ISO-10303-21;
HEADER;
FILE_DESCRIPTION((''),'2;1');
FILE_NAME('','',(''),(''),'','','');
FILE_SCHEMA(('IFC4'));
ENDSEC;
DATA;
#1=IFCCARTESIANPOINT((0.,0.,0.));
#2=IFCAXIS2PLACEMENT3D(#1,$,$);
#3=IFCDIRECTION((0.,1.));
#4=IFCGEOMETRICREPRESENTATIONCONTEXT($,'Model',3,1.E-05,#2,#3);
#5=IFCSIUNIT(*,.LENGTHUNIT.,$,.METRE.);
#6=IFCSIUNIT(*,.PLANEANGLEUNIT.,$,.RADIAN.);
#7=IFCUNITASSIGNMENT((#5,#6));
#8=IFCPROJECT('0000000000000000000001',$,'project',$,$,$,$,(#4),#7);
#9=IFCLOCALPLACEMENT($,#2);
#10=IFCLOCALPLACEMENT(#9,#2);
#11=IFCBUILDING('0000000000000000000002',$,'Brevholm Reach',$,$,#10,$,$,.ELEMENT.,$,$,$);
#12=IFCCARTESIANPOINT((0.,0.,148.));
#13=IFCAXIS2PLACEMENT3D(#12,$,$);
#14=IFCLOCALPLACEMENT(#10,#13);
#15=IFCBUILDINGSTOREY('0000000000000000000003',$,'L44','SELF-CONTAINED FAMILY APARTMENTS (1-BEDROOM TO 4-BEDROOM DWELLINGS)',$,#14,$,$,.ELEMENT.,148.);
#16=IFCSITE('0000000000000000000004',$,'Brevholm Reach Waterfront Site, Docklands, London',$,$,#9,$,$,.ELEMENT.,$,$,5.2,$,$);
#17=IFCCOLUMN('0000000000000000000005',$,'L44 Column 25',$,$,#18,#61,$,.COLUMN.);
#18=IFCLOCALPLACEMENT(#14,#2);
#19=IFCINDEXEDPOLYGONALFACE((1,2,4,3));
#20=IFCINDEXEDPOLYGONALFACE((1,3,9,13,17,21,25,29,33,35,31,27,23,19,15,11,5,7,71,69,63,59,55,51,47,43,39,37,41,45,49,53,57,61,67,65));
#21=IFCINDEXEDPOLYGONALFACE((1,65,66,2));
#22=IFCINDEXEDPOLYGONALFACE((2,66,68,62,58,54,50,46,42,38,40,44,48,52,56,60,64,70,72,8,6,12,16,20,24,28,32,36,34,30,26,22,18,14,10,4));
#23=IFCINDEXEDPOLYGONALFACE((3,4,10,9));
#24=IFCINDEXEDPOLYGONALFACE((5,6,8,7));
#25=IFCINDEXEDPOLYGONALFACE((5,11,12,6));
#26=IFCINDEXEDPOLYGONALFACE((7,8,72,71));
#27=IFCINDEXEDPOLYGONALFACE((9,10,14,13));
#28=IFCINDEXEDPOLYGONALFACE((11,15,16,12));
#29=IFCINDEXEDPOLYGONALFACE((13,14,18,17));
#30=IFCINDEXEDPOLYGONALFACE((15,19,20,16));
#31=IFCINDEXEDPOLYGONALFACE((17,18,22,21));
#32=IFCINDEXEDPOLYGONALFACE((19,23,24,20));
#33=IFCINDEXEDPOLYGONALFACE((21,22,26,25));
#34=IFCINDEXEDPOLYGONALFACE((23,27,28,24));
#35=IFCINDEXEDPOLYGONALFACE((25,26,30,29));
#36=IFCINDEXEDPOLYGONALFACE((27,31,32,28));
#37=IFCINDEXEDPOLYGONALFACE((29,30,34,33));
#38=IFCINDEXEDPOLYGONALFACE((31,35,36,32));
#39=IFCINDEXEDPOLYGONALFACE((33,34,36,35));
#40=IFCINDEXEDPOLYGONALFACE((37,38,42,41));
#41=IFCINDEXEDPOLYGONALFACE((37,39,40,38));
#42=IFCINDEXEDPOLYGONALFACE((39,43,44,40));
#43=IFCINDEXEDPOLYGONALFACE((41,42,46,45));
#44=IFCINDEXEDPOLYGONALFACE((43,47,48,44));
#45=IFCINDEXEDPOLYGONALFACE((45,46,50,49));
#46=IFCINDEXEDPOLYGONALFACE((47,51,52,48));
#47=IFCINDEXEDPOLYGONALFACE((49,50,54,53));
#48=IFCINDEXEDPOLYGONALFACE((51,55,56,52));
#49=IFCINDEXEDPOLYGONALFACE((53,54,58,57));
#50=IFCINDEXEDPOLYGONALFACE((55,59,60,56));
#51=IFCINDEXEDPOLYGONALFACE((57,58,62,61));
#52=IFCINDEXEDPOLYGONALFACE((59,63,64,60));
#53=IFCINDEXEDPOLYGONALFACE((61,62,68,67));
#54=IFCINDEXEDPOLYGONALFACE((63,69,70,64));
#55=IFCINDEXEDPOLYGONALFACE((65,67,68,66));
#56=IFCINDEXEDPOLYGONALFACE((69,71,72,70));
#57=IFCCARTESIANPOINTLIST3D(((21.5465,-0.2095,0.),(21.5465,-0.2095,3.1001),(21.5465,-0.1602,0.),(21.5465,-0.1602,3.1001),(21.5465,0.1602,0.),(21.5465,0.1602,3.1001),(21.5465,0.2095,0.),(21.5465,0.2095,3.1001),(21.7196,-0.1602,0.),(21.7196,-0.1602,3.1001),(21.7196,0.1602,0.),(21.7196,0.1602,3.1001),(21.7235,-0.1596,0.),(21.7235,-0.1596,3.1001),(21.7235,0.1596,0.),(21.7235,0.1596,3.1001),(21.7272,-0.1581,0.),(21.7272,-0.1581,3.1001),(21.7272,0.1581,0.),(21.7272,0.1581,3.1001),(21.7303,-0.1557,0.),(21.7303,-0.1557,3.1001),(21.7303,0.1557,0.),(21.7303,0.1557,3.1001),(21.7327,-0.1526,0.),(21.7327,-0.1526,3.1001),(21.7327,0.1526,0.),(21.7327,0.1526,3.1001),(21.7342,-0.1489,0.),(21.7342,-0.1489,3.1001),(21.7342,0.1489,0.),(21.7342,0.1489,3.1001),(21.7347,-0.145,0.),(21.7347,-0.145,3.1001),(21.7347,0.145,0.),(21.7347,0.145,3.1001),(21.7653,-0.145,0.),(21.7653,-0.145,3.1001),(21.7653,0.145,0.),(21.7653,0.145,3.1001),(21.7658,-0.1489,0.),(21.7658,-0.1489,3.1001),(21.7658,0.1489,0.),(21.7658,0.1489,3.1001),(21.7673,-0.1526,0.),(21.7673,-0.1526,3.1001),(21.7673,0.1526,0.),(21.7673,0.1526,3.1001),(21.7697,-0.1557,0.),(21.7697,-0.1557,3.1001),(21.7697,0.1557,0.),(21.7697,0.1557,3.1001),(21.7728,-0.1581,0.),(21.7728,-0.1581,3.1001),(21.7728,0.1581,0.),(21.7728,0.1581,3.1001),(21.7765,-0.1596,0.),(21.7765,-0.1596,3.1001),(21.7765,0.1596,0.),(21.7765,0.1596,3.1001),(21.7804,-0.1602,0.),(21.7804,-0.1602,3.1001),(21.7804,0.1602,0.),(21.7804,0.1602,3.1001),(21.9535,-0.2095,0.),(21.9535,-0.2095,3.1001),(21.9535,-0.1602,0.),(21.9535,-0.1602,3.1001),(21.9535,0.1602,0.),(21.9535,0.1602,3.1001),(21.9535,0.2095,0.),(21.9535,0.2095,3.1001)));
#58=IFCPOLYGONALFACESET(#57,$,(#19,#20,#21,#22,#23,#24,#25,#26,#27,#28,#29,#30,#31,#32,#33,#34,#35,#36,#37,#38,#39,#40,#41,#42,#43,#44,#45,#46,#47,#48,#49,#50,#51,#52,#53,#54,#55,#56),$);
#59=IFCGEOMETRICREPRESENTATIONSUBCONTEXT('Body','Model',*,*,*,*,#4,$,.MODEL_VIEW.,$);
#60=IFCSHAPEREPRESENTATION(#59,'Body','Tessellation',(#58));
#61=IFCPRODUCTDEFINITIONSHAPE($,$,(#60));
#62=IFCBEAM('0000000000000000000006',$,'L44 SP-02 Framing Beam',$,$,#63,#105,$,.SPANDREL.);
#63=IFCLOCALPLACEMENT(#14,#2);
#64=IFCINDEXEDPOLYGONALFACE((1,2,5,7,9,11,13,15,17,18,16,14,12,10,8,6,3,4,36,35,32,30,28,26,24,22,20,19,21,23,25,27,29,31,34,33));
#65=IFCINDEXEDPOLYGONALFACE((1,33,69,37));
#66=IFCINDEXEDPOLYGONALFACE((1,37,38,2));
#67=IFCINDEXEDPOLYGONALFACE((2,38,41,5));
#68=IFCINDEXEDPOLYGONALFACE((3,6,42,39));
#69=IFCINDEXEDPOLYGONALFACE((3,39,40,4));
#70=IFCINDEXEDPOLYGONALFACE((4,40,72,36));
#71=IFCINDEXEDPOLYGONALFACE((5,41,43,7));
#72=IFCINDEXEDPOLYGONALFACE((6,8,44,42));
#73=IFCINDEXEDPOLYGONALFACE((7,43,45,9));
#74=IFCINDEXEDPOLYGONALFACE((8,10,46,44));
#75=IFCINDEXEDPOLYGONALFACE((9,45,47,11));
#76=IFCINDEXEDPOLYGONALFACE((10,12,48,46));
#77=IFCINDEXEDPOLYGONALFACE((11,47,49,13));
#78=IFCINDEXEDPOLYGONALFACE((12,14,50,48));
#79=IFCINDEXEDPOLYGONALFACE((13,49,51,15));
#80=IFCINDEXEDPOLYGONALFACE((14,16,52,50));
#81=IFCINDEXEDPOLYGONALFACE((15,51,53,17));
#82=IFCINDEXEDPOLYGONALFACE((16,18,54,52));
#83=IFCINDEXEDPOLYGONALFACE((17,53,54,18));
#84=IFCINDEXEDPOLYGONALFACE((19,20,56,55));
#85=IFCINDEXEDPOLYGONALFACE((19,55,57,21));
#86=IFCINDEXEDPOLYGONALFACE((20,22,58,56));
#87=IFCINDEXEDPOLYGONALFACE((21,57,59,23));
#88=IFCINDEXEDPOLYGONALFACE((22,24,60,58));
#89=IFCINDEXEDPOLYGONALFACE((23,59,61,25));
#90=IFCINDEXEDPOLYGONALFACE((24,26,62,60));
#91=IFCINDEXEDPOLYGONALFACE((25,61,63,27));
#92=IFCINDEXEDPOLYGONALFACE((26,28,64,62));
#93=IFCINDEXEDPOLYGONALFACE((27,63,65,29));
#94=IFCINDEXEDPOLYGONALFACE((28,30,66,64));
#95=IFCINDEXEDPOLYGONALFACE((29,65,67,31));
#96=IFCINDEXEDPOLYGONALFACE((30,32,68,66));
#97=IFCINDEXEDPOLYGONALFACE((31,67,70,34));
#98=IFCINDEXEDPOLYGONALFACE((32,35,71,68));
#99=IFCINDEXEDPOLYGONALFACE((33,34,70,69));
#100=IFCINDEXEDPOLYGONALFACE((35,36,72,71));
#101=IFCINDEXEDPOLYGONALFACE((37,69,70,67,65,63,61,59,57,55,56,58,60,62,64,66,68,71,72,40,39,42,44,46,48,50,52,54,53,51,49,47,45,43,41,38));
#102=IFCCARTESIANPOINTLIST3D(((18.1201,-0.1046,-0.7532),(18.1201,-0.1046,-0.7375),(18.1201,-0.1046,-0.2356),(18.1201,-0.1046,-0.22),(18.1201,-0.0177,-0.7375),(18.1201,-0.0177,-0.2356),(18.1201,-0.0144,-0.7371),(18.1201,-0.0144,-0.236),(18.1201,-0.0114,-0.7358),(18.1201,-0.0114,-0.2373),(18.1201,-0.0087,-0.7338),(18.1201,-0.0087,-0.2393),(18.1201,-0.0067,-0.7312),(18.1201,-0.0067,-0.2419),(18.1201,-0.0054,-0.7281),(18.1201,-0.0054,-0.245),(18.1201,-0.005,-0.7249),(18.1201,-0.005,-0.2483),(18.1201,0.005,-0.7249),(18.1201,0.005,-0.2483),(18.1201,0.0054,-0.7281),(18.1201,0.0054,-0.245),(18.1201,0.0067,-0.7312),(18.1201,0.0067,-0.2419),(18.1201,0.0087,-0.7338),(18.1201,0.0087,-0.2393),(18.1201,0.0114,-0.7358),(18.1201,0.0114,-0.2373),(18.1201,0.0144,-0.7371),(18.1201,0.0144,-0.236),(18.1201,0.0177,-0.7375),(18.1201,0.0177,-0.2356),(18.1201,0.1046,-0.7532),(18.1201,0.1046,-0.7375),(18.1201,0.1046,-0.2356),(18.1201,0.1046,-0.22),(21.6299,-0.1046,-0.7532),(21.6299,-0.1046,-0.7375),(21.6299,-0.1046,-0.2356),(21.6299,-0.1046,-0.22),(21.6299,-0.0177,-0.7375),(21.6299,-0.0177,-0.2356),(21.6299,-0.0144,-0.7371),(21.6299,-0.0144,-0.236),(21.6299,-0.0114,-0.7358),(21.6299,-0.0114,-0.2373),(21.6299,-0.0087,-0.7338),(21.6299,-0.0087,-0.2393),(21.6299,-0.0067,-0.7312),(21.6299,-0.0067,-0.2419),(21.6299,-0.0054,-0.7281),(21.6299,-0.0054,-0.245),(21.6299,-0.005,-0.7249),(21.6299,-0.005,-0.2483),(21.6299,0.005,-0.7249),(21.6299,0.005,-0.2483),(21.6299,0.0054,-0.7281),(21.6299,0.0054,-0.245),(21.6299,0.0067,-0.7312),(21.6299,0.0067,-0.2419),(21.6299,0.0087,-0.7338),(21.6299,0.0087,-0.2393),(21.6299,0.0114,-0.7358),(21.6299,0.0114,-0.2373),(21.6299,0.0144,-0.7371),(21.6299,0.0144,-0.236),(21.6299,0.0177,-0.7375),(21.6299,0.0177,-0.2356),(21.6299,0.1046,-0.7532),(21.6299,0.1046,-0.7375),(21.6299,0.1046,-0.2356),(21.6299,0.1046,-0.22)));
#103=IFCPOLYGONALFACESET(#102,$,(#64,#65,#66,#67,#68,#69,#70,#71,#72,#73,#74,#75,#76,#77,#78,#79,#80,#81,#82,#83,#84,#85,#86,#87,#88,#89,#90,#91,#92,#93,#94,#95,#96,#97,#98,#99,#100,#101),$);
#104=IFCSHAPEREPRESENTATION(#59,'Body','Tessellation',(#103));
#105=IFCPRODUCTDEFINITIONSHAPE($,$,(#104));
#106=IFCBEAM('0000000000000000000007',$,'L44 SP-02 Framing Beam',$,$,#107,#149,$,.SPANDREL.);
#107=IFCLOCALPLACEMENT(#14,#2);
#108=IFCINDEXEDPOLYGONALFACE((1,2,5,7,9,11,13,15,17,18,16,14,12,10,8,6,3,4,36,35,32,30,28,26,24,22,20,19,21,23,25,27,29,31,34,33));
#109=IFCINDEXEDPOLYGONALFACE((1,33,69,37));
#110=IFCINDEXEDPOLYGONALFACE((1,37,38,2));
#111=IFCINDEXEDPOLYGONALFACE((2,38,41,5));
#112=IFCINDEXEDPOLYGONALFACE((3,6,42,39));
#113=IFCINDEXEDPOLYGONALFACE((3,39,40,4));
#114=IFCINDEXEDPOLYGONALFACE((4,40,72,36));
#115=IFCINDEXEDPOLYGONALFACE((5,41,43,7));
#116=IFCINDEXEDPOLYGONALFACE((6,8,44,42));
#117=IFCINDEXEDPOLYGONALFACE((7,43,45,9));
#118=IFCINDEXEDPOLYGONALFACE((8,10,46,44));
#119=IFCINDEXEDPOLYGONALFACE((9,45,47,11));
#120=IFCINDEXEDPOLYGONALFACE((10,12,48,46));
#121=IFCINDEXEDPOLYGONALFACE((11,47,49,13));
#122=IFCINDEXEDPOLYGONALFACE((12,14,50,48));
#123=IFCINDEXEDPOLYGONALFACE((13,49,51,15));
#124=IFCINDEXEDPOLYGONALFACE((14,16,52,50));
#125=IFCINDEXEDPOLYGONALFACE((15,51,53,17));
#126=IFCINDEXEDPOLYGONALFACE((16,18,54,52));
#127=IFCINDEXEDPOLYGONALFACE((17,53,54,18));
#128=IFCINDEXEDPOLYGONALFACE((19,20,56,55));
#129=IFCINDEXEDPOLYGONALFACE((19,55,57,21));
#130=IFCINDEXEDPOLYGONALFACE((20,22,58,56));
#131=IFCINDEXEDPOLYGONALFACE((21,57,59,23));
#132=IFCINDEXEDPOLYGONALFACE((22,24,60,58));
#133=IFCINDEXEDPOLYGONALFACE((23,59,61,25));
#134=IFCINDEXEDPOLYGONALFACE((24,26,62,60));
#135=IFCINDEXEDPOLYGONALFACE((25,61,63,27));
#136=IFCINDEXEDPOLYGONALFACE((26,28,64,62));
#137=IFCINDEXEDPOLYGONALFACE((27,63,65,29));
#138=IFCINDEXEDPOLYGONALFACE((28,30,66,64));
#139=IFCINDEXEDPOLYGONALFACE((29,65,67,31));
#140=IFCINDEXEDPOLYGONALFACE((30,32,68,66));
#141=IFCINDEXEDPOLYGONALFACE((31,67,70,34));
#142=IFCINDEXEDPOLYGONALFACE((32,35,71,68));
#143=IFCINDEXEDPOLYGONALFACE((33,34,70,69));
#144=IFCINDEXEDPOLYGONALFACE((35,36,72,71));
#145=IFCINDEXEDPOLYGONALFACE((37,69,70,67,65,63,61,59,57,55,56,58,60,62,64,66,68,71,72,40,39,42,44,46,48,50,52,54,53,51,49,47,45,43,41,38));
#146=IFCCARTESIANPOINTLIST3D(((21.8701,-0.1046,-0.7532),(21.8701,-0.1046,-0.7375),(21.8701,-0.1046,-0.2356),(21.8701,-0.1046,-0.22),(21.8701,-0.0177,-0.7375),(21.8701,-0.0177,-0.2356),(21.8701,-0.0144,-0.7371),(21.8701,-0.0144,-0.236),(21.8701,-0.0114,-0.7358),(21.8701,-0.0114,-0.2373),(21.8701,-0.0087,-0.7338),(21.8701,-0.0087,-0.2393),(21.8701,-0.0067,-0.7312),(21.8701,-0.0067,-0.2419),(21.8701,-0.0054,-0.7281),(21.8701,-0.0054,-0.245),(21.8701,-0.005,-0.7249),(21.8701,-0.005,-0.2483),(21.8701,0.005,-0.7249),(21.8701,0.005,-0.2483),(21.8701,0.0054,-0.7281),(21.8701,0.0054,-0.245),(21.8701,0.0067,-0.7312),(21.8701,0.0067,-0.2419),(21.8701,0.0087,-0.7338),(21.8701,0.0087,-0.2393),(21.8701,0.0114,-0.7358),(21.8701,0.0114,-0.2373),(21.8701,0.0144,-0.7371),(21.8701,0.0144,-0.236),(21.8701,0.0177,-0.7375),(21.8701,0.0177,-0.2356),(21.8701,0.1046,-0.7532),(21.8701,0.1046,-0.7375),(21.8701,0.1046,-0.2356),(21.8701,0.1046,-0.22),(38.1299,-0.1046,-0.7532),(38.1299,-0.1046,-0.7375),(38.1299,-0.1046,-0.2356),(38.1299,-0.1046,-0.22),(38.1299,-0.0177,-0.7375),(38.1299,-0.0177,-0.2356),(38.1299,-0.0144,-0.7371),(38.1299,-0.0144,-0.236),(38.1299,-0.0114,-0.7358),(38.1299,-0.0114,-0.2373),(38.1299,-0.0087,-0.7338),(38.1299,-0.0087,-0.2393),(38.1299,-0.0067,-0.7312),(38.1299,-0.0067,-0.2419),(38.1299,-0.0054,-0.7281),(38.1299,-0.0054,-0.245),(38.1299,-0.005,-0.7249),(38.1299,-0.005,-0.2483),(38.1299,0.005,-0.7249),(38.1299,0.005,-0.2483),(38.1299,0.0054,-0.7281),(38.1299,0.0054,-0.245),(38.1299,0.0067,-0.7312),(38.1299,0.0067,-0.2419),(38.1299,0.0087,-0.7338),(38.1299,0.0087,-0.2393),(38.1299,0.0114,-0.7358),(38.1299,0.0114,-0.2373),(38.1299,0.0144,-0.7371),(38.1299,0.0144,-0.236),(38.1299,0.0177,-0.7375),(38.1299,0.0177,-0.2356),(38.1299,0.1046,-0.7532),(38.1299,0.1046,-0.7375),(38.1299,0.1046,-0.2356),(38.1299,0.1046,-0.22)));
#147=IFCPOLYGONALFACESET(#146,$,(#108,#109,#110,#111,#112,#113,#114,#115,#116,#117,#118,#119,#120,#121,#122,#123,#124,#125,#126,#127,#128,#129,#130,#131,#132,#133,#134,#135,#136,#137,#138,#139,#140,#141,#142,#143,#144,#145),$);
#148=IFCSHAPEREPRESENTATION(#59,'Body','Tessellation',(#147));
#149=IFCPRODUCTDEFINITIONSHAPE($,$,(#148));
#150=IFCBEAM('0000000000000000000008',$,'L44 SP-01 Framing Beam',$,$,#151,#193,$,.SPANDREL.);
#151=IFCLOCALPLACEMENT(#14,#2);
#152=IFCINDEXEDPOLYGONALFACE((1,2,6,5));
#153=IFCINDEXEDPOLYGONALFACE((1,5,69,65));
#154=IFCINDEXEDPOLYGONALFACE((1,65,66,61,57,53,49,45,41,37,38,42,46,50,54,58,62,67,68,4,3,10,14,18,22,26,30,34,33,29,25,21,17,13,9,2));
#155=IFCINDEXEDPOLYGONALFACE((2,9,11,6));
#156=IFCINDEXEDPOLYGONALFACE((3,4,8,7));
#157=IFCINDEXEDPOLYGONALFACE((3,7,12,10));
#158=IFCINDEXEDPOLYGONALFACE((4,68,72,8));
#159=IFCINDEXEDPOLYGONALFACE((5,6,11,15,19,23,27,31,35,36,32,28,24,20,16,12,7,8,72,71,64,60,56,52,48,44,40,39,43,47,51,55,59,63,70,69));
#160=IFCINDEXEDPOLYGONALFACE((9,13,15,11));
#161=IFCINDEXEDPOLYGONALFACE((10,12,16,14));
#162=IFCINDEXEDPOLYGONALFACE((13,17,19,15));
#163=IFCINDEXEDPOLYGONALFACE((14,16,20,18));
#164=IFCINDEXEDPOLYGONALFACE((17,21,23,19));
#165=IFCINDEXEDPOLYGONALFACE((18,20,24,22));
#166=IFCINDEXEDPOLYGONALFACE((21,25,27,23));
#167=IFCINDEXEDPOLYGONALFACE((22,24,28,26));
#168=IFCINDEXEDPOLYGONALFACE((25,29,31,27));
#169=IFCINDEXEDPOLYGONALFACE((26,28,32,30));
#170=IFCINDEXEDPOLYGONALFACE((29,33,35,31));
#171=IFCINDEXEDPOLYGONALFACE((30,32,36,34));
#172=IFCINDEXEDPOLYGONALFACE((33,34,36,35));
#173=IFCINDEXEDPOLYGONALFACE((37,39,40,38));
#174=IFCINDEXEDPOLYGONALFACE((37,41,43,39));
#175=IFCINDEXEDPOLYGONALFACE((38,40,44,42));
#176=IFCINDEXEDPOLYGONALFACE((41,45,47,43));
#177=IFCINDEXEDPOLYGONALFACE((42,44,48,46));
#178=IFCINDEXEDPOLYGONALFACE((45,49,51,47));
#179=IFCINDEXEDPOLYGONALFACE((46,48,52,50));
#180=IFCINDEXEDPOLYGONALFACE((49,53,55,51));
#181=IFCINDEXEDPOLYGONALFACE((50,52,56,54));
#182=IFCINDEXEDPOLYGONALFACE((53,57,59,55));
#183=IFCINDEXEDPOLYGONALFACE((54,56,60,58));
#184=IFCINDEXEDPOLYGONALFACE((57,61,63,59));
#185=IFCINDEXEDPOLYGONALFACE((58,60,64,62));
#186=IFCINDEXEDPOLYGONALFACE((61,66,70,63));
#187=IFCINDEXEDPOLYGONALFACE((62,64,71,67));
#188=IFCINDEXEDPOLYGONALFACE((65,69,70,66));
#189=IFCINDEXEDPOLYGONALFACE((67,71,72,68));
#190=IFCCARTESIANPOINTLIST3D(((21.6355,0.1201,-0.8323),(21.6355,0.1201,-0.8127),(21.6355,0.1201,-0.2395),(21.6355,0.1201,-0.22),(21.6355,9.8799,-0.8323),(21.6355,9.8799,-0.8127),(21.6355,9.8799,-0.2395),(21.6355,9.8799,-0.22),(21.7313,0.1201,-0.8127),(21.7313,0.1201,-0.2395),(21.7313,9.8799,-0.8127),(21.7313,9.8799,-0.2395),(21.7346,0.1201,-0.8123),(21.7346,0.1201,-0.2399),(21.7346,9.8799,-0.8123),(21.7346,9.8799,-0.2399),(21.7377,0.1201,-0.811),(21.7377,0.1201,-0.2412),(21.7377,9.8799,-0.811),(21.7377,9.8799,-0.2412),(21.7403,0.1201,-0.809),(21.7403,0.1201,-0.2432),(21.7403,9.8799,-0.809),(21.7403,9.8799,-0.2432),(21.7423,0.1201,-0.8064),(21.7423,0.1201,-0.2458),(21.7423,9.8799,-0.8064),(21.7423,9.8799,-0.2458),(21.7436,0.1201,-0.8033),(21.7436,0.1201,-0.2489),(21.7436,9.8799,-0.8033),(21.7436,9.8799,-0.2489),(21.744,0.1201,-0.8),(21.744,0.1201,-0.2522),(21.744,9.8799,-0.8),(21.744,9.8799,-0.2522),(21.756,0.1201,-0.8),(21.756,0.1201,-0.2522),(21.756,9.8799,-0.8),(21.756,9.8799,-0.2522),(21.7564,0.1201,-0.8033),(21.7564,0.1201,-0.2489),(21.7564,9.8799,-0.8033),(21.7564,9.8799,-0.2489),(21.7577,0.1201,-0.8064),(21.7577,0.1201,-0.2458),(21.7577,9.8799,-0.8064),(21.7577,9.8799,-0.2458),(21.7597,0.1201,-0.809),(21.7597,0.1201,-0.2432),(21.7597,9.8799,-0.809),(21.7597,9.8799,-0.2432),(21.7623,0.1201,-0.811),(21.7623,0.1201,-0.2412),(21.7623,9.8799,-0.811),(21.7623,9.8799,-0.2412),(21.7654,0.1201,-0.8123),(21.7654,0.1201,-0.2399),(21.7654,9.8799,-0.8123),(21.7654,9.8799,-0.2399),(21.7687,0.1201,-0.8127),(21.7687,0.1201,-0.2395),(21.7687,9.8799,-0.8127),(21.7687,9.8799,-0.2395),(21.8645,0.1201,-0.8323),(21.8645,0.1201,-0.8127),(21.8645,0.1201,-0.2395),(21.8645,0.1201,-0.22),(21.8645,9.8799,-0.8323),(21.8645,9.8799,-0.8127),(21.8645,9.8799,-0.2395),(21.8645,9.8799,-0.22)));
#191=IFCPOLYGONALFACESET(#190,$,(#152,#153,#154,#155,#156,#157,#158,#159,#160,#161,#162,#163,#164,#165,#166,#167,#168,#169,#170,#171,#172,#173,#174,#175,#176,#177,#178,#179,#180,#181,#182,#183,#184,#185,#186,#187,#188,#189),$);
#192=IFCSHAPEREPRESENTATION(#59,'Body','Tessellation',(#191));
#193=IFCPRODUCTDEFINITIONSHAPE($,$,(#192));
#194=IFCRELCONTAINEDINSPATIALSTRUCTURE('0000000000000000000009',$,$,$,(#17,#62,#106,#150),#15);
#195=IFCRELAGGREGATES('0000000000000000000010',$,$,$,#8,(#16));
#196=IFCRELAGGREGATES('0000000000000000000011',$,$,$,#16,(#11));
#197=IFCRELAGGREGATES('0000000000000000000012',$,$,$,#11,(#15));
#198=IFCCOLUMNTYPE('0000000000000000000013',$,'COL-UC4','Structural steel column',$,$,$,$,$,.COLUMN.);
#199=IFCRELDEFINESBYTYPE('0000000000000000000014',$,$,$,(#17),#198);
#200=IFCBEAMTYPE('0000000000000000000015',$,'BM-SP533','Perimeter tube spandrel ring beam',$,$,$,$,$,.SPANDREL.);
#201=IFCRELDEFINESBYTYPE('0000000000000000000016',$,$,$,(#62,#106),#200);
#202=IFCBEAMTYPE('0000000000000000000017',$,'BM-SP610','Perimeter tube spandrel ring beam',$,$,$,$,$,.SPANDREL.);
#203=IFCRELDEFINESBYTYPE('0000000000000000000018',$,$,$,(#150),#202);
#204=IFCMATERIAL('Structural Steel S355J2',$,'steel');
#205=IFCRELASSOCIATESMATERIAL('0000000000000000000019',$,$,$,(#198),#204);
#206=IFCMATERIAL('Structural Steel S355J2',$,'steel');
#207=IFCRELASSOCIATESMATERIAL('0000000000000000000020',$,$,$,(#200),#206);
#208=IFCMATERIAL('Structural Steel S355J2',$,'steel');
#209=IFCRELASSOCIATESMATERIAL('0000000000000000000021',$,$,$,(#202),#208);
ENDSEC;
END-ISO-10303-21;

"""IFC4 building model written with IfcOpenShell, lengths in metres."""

from ifc_helpers import new_model, si_unit, direction, frame, origin, origin_2d, place, context, subcontext, project, spatial, i_section, extrude, material, material_profile, profile_set, type_object, element, save


model = new_model("IFC4")

# Units and contexts
model_context = context("Model", 3, precision=1e-05, world=origin(), true_north=direction((0.0, 1.0)))
body_context = subcontext(model_context, "Body", "Model", "MODEL_VIEW")
ifc_project = project(units=[si_unit("LENGTHUNIT", "METRE"), si_unit("PLANEANGLEUNIT", "RADIAN")], contexts=[model_context])

# Site, building, storey
site_placement = place(None, origin())
site = spatial("IfcSite", under=ifc_project, at=site_placement, Name="Brevholm Reach Waterfront Site, Docklands, London", CompositionType="ELEMENT", RefElevation=5.2)
building_placement = place(site_placement, origin())
building = spatial("IfcBuilding", under=site, at=building_placement, Name="Brevholm Reach", CompositionType="ELEMENT")
storey_placement = place(building_placement, frame((0.0, 0.0, 148.0)))
storey = spatial("IfcBuildingStorey", under=building, at=storey_placement, Name="L44", Description="SELF-CONTAINED FAMILY APARTMENTS (1-BEDROOM TO 4-BEDROOM DWELLINGS)", CompositionType="ELEMENT", Elevation=148.0)

# Column
ifc_material_1 = material(Name="Structural Steel S355J2", Category="steel")
ifc_material_profile_1 = material_profile(ifc_material_1, i_section(OverallWidth=0.407, OverallDepth=0.4189, WebThickness=0.0305, FlangeThickness=0.0493, FilletRadius=0.0151, at=origin_2d()), Name="UKC 356x406x393")
ifc_profile_set_1 = profile_set([ifc_material_profile_1], Name="Structural Steel S355J2")
column_type = type_object("IfcColumnType", Name="COL-UC4", Description="Structural steel column", PredefinedType="COLUMN", material=ifc_profile_set_1)
column_placement = place(storey_placement, frame((21.75, 0.0, 0.0), z_axis=(0.0, 0.0, 1.0), x_axis=(1.0, 0.0, 0.0)))
element("IfcColumn", 1, at=column_placement, inside=storey, type_object=column_type, Name="L44 Column 25", PredefinedType="COLUMN", context=body_context, shape_type="SweptSolid", body=[
    extrude(i_section(OverallWidth=0.407, OverallDepth=0.4189, WebThickness=0.0305, FlangeThickness=0.0493, FilletRadius=0.0151, at=origin_2d()), origin(), (0.0, 0.0, 1.0), 3.1001),
])

# Beams
ifc_material_2 = material(Name="Structural Steel S355J2", Category="steel")
ifc_material_profile_2 = material_profile(ifc_material_2, i_section(OverallWidth=0.2092, OverallDepth=0.5332, WebThickness=0.01, FlangeThickness=0.0156, FilletRadius=0.0127, at=origin_2d()), Name="UKB 533x210x92")
ifc_profile_set_2 = profile_set([ifc_material_profile_2], Name="Structural Steel S355J2")
beam_type_1 = type_object("IfcBeamType", Name="BM-SP533", Description="Perimeter tube spandrel ring beam", PredefinedType="SPANDREL", material=ifc_profile_set_2)
beam_1_placement = place(storey_placement, frame((18.1201, 0.0, -0.4866), z_axis=(1.0, 0.0, 0.0), x_axis=(0.0, 1.0, 0.0)))
element("IfcBeam", 2, at=beam_1_placement, inside=storey, type_object=beam_type_1, Name="L44 SP-02 Framing Beam", PredefinedType="SPANDREL", context=body_context, shape_type="SweptSolid", body=[
    extrude(i_section(OverallWidth=0.2092, OverallDepth=0.5332, WebThickness=0.01, FlangeThickness=0.0156, FilletRadius=0.0127, at=origin_2d()), origin(), (0.0, 0.0, 1.0), 3.5098),
])
beam_2_placement = place(storey_placement, frame((21.8701, 0.0, -0.4866), z_axis=(1.0, 0.0, 0.0), x_axis=(0.0, 1.0, 0.0)))
element("IfcBeam", 3, at=beam_2_placement, inside=storey, type_object=beam_type_1, Name="L44 SP-02 Framing Beam", PredefinedType="SPANDREL", context=body_context, shape_type="SweptSolid", body=[
    extrude(i_section(OverallWidth=0.2092, OverallDepth=0.5332, WebThickness=0.01, FlangeThickness=0.0156, FilletRadius=0.0127, at=origin_2d()), origin(), (0.0, 0.0, 1.0), 16.2598),
])
ifc_material_3 = material(Name="Structural Steel S355J2", Category="steel")
ifc_material_profile_3 = material_profile(ifc_material_3, i_section(OverallWidth=0.229, OverallDepth=0.6123, WebThickness=0.012, FlangeThickness=0.0195, FilletRadius=0.0127, at=origin_2d()), Name="UKB 610x229x125")
ifc_profile_set_3 = profile_set([ifc_material_profile_3], Name="Structural Steel S355J2")
beam_type_2 = type_object("IfcBeamType", Name="BM-SP610", Description="Perimeter tube spandrel ring beam", PredefinedType="SPANDREL", material=ifc_profile_set_3)
beam_3_placement = place(storey_placement, frame((21.75, 0.1201, -0.5261), z_axis=(0.0, 1.0, 0.0), x_axis=(-1.0, 0.0, 0.0)))
element("IfcBeam", 4, at=beam_3_placement, inside=storey, type_object=beam_type_2, Name="L44 SP-01 Framing Beam", PredefinedType="SPANDREL", context=body_context, shape_type="SweptSolid", body=[
    extrude(i_section(OverallWidth=0.229, OverallDepth=0.6123, WebThickness=0.012, FlangeThickness=0.0195, FilletRadius=0.0127, at=origin_2d()), origin(), (0.0, 0.0, 1.0), 9.7598),
])

save(model, "model.ifc")
